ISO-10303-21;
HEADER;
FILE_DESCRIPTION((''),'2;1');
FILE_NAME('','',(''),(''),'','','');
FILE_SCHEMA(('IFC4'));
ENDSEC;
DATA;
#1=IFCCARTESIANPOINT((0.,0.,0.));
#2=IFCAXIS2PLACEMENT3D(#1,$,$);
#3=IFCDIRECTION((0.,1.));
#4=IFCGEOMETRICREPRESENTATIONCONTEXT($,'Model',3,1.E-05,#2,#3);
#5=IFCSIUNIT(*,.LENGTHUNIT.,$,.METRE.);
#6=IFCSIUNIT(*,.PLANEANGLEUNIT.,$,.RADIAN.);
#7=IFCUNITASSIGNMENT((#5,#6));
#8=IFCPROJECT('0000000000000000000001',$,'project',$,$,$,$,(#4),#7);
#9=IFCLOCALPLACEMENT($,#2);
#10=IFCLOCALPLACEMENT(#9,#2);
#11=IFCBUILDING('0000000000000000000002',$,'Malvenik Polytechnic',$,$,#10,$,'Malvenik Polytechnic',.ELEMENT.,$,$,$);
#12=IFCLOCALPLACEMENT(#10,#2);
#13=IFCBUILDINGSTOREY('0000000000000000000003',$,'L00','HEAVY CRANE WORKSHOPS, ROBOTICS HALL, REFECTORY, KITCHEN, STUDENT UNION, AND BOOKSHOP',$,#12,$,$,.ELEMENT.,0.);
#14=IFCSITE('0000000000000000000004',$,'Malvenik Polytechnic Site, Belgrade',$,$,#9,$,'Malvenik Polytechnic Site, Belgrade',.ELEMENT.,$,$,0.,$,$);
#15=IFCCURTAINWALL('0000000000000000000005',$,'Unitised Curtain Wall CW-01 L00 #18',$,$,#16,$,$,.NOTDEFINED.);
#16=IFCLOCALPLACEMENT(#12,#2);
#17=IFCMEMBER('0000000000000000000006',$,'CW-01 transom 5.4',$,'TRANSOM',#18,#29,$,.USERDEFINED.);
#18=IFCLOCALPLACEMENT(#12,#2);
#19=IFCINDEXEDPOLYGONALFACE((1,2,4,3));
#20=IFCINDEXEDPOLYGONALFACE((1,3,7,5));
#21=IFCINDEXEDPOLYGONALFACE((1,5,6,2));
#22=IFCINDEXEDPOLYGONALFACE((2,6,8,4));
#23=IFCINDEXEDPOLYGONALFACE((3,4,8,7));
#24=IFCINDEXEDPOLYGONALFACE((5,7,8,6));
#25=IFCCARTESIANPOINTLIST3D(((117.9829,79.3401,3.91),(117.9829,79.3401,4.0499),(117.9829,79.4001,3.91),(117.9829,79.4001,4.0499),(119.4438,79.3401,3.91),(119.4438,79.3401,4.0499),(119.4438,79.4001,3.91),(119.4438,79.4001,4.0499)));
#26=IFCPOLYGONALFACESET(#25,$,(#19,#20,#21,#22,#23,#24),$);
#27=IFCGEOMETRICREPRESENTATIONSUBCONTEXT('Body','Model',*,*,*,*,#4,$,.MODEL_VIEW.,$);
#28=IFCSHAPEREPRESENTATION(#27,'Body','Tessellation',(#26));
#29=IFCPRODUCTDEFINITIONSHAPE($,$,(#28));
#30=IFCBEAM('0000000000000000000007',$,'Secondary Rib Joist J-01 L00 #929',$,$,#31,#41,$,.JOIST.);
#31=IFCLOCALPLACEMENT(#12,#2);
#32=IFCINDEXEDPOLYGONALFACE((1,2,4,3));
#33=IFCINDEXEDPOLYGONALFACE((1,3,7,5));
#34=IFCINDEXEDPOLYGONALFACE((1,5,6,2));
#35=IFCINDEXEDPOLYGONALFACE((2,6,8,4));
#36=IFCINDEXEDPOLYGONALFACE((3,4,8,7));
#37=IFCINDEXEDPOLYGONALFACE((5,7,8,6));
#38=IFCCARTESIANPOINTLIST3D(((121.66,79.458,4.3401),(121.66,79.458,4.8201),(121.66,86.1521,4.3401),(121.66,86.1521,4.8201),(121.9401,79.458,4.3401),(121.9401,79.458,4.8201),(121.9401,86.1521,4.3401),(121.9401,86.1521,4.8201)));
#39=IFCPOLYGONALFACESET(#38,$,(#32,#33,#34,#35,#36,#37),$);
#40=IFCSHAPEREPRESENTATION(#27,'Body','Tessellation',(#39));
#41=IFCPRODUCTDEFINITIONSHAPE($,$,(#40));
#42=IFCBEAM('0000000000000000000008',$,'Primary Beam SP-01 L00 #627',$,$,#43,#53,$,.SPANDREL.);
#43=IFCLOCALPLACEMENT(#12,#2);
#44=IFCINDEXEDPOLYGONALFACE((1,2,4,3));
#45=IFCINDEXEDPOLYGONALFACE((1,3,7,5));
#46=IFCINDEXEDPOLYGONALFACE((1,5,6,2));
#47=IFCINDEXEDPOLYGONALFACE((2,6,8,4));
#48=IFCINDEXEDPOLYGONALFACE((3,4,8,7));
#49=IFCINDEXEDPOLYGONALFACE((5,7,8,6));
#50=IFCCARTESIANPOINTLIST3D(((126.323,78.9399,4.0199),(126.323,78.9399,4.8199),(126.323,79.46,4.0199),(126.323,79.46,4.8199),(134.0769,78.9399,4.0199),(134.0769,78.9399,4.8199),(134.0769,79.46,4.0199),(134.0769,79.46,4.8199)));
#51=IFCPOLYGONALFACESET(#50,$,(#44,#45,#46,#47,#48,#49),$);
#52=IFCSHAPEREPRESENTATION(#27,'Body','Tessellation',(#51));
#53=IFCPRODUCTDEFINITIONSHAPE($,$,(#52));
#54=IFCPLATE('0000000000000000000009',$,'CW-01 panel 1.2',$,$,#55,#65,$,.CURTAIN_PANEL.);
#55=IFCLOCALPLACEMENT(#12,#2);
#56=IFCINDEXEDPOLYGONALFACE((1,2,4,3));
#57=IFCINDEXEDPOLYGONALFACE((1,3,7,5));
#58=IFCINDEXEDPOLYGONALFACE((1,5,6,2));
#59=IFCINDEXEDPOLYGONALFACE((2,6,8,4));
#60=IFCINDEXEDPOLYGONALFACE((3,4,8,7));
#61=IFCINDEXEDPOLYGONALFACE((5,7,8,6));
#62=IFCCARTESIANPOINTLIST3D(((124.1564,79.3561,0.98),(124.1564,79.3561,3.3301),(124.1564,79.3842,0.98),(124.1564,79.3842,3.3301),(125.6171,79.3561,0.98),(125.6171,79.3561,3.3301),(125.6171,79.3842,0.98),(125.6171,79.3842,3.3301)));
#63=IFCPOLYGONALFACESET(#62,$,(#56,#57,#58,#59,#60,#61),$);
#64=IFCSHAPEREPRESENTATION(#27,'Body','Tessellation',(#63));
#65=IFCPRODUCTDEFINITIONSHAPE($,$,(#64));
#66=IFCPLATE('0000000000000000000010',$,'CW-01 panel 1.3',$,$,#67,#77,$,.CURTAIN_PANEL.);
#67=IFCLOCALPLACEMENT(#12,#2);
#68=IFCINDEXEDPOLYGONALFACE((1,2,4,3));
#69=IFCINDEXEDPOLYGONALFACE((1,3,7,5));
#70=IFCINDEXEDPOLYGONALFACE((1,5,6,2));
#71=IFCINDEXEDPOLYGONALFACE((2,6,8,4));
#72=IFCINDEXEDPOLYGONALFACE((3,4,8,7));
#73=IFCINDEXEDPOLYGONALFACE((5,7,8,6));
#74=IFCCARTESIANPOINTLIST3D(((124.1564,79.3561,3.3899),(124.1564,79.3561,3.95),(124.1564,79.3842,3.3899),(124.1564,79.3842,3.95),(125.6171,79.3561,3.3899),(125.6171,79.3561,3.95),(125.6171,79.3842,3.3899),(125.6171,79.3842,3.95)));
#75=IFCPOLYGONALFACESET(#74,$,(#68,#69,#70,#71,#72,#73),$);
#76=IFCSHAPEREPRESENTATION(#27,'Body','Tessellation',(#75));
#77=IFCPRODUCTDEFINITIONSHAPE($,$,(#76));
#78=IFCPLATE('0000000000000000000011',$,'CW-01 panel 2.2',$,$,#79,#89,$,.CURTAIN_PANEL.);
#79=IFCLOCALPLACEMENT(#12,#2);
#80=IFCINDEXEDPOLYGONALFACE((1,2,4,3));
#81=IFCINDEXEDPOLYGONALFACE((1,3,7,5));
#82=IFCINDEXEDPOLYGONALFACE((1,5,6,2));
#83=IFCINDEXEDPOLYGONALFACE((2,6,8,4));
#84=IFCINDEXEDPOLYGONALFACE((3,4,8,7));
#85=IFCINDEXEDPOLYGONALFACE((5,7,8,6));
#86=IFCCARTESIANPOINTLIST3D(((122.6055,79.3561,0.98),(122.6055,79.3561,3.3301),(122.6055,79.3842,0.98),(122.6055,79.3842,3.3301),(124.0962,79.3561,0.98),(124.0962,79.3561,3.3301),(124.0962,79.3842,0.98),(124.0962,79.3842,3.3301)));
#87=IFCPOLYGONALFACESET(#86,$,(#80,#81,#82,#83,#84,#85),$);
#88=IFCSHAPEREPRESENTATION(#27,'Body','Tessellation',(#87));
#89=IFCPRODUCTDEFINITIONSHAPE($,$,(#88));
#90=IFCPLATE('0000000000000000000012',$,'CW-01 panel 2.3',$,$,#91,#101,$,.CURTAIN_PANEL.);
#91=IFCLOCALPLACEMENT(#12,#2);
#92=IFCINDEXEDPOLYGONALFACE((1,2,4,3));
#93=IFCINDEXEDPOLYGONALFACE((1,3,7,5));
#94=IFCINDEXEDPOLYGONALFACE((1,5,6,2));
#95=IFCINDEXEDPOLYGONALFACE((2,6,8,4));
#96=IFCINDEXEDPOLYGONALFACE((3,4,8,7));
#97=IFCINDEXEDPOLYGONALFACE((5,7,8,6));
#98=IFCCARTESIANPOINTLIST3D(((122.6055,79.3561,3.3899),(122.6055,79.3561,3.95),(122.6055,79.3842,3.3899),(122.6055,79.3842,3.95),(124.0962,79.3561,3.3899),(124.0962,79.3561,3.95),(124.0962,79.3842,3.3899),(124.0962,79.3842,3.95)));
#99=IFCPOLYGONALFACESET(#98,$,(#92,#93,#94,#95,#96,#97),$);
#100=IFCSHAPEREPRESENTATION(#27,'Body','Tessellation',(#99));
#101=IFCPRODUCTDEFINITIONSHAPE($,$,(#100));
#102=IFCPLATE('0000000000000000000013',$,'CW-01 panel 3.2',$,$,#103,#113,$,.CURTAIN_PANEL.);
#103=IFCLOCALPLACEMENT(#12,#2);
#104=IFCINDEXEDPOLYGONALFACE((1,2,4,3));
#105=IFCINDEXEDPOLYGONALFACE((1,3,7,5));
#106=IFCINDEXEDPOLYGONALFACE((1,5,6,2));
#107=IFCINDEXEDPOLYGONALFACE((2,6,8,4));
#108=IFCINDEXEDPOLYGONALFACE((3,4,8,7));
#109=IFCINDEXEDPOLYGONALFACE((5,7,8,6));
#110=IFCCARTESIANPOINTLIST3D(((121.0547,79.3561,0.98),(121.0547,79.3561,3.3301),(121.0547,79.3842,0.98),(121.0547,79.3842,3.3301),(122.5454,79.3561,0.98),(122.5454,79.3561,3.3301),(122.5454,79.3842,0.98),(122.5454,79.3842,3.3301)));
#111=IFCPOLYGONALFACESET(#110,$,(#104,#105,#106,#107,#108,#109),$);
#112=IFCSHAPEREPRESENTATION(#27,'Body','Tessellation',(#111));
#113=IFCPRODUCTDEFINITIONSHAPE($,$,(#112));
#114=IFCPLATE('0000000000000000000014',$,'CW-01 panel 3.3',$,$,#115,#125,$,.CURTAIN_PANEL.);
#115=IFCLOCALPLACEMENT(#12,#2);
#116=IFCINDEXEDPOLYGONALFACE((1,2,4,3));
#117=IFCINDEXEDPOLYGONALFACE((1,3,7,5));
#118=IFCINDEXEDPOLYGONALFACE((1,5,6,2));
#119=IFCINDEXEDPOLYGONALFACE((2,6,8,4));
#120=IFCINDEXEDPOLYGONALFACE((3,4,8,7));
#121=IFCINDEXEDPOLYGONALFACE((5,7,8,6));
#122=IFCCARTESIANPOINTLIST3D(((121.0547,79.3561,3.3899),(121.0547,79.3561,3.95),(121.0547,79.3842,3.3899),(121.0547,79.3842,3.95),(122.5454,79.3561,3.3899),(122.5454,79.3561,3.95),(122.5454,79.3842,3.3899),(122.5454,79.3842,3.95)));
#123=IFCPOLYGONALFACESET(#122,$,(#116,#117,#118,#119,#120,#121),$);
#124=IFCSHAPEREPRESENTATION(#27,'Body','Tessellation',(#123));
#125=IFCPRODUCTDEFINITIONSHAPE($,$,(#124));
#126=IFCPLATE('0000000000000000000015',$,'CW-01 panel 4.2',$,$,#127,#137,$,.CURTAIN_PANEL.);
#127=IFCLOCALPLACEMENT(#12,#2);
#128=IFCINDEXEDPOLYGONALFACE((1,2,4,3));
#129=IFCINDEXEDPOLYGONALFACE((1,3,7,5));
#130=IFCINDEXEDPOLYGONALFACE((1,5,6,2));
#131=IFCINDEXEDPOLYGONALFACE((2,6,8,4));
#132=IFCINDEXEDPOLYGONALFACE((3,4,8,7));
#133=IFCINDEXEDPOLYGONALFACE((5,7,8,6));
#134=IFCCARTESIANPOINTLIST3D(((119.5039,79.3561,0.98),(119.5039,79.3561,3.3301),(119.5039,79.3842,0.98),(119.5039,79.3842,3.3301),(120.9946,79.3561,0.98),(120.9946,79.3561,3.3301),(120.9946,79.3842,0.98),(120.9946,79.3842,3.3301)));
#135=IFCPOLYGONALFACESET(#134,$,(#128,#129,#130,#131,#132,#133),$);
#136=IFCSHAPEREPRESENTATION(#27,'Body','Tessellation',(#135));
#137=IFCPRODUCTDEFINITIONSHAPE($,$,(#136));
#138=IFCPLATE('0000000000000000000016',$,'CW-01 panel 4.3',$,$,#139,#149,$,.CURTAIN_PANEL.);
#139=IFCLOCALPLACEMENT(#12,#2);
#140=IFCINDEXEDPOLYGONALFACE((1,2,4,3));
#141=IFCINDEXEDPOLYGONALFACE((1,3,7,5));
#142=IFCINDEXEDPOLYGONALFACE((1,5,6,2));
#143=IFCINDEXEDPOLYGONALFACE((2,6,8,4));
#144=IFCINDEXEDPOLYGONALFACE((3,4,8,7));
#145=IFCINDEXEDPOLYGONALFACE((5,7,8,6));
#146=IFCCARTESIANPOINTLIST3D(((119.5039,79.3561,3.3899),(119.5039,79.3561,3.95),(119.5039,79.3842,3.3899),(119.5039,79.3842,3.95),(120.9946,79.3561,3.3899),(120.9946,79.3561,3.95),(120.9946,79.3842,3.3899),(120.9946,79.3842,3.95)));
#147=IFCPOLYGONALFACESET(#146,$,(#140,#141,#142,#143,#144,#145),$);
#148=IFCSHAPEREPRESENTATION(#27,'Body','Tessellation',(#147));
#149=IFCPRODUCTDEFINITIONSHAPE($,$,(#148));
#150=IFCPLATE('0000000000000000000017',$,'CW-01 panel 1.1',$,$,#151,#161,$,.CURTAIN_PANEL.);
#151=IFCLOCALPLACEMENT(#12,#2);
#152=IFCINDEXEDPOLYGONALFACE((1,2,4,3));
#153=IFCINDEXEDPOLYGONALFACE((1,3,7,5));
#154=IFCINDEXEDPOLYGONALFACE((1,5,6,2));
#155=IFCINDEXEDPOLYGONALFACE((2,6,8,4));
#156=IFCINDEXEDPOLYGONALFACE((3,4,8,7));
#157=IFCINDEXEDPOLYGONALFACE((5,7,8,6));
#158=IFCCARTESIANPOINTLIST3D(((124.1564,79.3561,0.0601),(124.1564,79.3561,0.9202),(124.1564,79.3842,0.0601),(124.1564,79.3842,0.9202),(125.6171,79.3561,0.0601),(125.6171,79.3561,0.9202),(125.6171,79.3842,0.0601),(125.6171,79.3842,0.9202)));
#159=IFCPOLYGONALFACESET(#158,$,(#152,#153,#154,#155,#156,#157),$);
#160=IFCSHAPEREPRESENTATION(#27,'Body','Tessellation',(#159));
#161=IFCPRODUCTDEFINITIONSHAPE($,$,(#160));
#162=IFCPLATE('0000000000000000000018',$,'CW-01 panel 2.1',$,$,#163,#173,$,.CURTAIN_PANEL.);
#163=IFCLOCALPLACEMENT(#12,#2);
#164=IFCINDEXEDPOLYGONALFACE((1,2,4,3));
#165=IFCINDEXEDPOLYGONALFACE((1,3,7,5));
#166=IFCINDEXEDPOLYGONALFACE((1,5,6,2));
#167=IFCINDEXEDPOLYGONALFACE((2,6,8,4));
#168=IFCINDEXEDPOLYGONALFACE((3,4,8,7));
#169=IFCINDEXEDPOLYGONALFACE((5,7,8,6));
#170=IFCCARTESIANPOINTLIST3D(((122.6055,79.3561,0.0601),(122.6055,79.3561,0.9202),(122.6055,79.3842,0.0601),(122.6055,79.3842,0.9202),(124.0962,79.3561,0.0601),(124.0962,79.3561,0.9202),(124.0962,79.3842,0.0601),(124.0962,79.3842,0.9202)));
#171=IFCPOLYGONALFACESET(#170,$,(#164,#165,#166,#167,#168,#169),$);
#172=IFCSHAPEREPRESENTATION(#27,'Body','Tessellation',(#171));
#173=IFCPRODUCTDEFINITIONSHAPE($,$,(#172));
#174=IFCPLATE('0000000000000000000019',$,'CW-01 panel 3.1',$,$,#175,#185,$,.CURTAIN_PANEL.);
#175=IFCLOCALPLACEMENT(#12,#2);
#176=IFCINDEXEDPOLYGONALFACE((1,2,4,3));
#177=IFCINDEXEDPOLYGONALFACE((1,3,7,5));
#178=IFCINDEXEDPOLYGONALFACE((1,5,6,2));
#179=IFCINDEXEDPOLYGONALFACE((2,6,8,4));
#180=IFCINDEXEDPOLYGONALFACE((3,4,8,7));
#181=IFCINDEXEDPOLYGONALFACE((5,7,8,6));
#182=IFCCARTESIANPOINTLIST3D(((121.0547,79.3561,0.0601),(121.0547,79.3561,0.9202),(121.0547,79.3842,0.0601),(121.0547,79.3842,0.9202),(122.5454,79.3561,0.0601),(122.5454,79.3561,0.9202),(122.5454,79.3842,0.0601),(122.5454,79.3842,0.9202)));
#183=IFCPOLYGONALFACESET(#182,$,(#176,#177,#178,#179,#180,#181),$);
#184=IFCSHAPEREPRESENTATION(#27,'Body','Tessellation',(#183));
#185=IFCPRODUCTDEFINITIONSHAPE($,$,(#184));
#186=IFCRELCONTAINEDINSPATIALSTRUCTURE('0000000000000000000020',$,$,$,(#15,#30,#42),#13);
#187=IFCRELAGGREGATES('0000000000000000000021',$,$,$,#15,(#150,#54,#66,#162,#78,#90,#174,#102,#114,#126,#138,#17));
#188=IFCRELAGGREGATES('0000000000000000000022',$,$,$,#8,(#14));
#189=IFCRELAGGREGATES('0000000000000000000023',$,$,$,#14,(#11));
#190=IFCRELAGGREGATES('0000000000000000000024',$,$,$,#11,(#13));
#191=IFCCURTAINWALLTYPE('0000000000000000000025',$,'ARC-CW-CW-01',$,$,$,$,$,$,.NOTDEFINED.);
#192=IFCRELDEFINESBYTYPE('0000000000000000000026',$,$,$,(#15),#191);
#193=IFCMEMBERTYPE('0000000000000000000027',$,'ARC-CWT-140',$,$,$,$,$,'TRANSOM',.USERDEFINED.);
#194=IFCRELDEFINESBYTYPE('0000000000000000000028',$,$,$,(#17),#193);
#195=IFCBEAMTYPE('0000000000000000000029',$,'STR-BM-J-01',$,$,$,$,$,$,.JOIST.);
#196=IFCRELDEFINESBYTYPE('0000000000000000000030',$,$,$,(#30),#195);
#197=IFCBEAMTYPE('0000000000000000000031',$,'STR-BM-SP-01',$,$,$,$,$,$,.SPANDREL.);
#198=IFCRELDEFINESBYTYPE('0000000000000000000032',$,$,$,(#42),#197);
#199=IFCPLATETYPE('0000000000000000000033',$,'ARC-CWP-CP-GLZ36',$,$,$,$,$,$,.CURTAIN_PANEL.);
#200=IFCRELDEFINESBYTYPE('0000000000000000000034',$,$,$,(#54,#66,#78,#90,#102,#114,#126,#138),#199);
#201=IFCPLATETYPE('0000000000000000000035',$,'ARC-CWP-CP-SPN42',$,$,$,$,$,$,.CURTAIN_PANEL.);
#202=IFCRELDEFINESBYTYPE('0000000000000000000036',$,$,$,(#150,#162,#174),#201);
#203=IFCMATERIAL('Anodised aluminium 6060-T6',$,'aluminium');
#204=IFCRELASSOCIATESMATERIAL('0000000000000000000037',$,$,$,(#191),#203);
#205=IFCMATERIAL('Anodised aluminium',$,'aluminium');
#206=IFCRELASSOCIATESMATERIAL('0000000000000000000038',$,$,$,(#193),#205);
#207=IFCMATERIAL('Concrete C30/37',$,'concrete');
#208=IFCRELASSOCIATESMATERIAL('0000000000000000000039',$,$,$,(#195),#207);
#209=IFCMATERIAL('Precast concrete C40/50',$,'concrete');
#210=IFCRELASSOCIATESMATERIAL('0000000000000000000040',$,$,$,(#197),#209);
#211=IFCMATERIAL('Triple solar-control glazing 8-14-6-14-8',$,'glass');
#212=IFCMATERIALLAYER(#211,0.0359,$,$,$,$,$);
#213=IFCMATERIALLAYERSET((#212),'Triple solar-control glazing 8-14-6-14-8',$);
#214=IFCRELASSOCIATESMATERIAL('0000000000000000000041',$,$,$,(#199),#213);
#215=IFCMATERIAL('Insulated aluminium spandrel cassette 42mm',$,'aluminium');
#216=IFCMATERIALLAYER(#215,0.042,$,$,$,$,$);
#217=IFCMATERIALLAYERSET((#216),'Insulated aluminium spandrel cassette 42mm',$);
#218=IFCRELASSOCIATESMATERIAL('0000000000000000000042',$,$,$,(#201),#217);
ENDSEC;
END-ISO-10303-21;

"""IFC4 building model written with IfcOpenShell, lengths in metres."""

from ifc_helpers import new_model, si_unit, direction, frame, origin, origin_2d, place, context, subcontext, project, spatial, rectangle, extrude, material, layer, layer_set, material_profile, profile_set, type_object, element, aggregate, save


model = new_model("IFC4")

# Units and contexts
model_context = context("Model", 3, precision=1e-05, world=origin(), true_north=direction((0.0, 1.0)))
body_context = subcontext(model_context, "Body", "Model", "MODEL_VIEW")
ifc_project = project(units=[si_unit("LENGTHUNIT", "METRE"), si_unit("PLANEANGLEUNIT", "RADIAN")], contexts=[model_context])

# Site, building, storey
site_placement = place(None, origin())
site = spatial("IfcSite", under=ifc_project, at=site_placement, Name="Malvenik Polytechnic Site, Belgrade", LongName="Malvenik Polytechnic Site, Belgrade", CompositionType="ELEMENT", RefElevation=0.0)
building_placement = place(site_placement, origin())
building = spatial("IfcBuilding", under=site, at=building_placement, Name="Malvenik Polytechnic", LongName="Malvenik Polytechnic", CompositionType="ELEMENT")
storey_placement = place(building_placement, origin())
storey = spatial("IfcBuildingStorey", under=building, at=storey_placement, Name="L00", Description="HEAVY CRANE WORKSHOPS, ROBOTICS HALL, REFECTORY, KITCHEN, STUDENT UNION, AND BOOKSHOP", CompositionType="ELEMENT", Elevation=0.0)

# Curtain wall, member
ifc_material_1 = material(Name="Anodised aluminium 6060-T6", Category="aluminium")
curtain_wall_type = type_object("IfcCurtainWallType", Name="ARC-CW-CW-01", PredefinedType="NOTDEFINED", material=ifc_material_1)
curtain_wall_placement = place(storey_placement, origin())
curtain_wall = element("IfcCurtainWall", 1, at=curtain_wall_placement, inside=storey, type_object=curtain_wall_type, Name="Unitised Curtain Wall CW-01 L00 #18", PredefinedType="NOTDEFINED")
ifc_material_2 = material(Name="Anodised aluminium", Category="aluminium")
ifc_material_profile_1 = material_profile(ifc_material_2, rectangle(XDim=0.0601, YDim=0.1399, at=origin_2d()), Name="ALU TRANSOM 60x140")
ifc_profile_set_1 = profile_set([ifc_material_profile_1], Name="Anodised aluminium")
member_type_1 = type_object("IfcMemberType", Name="ARC-CWT-140", ElementType="TRANSOM", PredefinedType="USERDEFINED", material=ifc_profile_set_1)
member_1_placement = place(storey_placement, frame((119.4438, 79.3701, 3.98), z_axis=(-1.0, 0.0, 0.0), x_axis=(0.0, -1.0, 0.0)))
member_1 = element("IfcMember", 2, at=member_1_placement, type_object=member_type_1, Name="CW-01 transom 5.4", ObjectType="TRANSOM", PredefinedType="USERDEFINED", context=body_context, shape_type="SweptSolid", body=[
    extrude(rectangle(XDim=0.0601, YDim=0.1399, at=origin_2d()), origin(), (0.0, 0.0, 1.0), 1.4609),
])

# Beams
ifc_material_3 = material(Name="Concrete C30/37", Category="concrete")
ifc_material_profile_2 = material_profile(ifc_material_3, rectangle(XDim=0.28, YDim=0.48, at=origin_2d()), Name="RC JST 280x480")
ifc_profile_set_2 = profile_set([ifc_material_profile_2], Name="Concrete C30/37")
beam_type_1 = type_object("IfcBeamType", Name="STR-BM-J-01", PredefinedType="JOIST", material=ifc_profile_set_2)
beam_1_placement = place(storey_placement, frame((121.8, 79.458, 4.5801), z_axis=(0.0, 1.0, 0.0), x_axis=(-1.0, 0.0, 0.0)))
element("IfcBeam", 3, at=beam_1_placement, inside=storey, type_object=beam_type_1, Name="Secondary Rib Joist J-01 L00 #929", PredefinedType="JOIST", context=body_context, shape_type="SweptSolid", body=[
    extrude(rectangle(XDim=0.28, YDim=0.48, at=origin_2d()), origin(), (0.0, 0.0, 1.0), 6.6941),
])
ifc_material_4 = material(Name="Precast concrete C40/50", Category="concrete")
ifc_material_profile_3 = material_profile(ifc_material_4, rectangle(XDim=0.52, YDim=0.8, at=origin_2d()), Name="PC SPN 520x800")
ifc_profile_set_3 = profile_set([ifc_material_profile_3], Name="Precast concrete C40/50")
beam_type_2 = type_object("IfcBeamType", Name="STR-BM-SP-01", PredefinedType="SPANDREL", material=ifc_profile_set_3)
beam_2_placement = place(storey_placement, frame((126.323, 79.2, 4.4199), z_axis=(1.0, 0.0, 0.0), x_axis=(0.0, 1.0, 0.0)))
element("IfcBeam", 4, at=beam_2_placement, inside=storey, type_object=beam_type_2, Name="Primary Beam SP-01 L00 #627", PredefinedType="SPANDREL", context=body_context, shape_type="SweptSolid", body=[
    extrude(rectangle(XDim=0.52, YDim=0.8, at=origin_2d()), origin(), (0.0, 0.0, 1.0), 7.7539),
])

# Plates
ifc_material_5 = material(Name="Triple solar-control glazing 8-14-6-14-8", Category="glass")
ifc_layer_1 = layer(ifc_material_5, 0.0359)
ifc_layer_set_1 = layer_set([ifc_layer_1], Name="Triple solar-control glazing 8-14-6-14-8")
plate_type_1 = type_object("IfcPlateType", Name="ARC-CWP-CP-GLZ36", PredefinedType="CURTAIN_PANEL", material=ifc_layer_set_1)
plate_1_placement = place(storey_placement, frame((124.8867, 79.3701, 0.98), z_axis=(0.0, 0.0, 1.0), x_axis=(-1.0, 0.0, 0.0)))
plate_1 = element("IfcPlate", 5, at=plate_1_placement, type_object=plate_type_1, Name="CW-01 panel 1.2", PredefinedType="CURTAIN_PANEL", context=body_context, shape_type="SweptSolid", body=[
    extrude(rectangle(XDim=1.4607, YDim=0.0281, at=origin_2d()), origin(), (0.0, 0.0, 1.0), 2.3501),
])
plate_2_placement = place(storey_placement, frame((124.8867, 79.3701, 3.3899), z_axis=(0.0, 0.0, 1.0), x_axis=(-1.0, 0.0, 0.0)))
plate_2 = element("IfcPlate", 6, at=plate_2_placement, type_object=plate_type_1, Name="CW-01 panel 1.3", PredefinedType="CURTAIN_PANEL", context=body_context, shape_type="SweptSolid", body=[
    extrude(rectangle(XDim=1.4607, YDim=0.0281, at=origin_2d()), origin(), (0.0, 0.0, 1.0), 0.5601),
])
plate_3_placement = place(storey_placement, frame((123.3508, 79.3701, 0.98), z_axis=(0.0, 0.0, 1.0), x_axis=(-1.0, 0.0, 0.0)))
plate_3 = element("IfcPlate", 7, at=plate_3_placement, type_object=plate_type_1, Name="CW-01 panel 2.2", PredefinedType="CURTAIN_PANEL", context=body_context, shape_type="SweptSolid", body=[
    extrude(rectangle(XDim=1.4907, YDim=0.0281, at=origin_2d()), origin(), (0.0, 0.0, 1.0), 2.3501),
])
plate_4_placement = place(storey_placement, frame((123.3508, 79.3701, 3.3899), z_axis=(0.0, 0.0, 1.0), x_axis=(-1.0, 0.0, 0.0)))
plate_4 = element("IfcPlate", 8, at=plate_4_placement, type_object=plate_type_1, Name="CW-01 panel 2.3", PredefinedType="CURTAIN_PANEL", context=body_context, shape_type="SweptSolid", body=[
    extrude(rectangle(XDim=1.4907, YDim=0.0281, at=origin_2d()), origin(), (0.0, 0.0, 1.0), 0.5601),
])
plate_5_placement = place(storey_placement, frame((121.8, 79.3701, 0.98), z_axis=(0.0, 0.0, 1.0), x_axis=(-1.0, 0.0, 0.0)))
plate_5 = element("IfcPlate", 9, at=plate_5_placement, type_object=plate_type_1, Name="CW-01 panel 3.2", PredefinedType="CURTAIN_PANEL", context=body_context, shape_type="SweptSolid", body=[
    extrude(rectangle(XDim=1.4907, YDim=0.0281, at=origin_2d()), origin(), (0.0, 0.0, 1.0), 2.3501),
])
plate_6_placement = place(storey_placement, frame((121.8, 79.3701, 3.3899), z_axis=(0.0, 0.0, 1.0), x_axis=(-1.0, 0.0, 0.0)))
plate_6 = element("IfcPlate", 10, at=plate_6_placement, type_object=plate_type_1, Name="CW-01 panel 3.3", PredefinedType="CURTAIN_PANEL", context=body_context, shape_type="SweptSolid", body=[
    extrude(rectangle(XDim=1.4907, YDim=0.0281, at=origin_2d()), origin(), (0.0, 0.0, 1.0), 0.5601),
])
plate_7_placement = place(storey_placement, frame((120.2493, 79.3701, 0.98), z_axis=(0.0, 0.0, 1.0), x_axis=(-1.0, 0.0, 0.0)))
plate_7 = element("IfcPlate", 11, at=plate_7_placement, type_object=plate_type_1, Name="CW-01 panel 4.2", PredefinedType="CURTAIN_PANEL", context=body_context, shape_type="SweptSolid", body=[
    extrude(rectangle(XDim=1.4907, YDim=0.0281, at=origin_2d()), origin(), (0.0, 0.0, 1.0), 2.3501),
])
plate_8_placement = place(storey_placement, frame((120.2493, 79.3701, 3.3899), z_axis=(0.0, 0.0, 1.0), x_axis=(-1.0, 0.0, 0.0)))
plate_8 = element("IfcPlate", 12, at=plate_8_placement, type_object=plate_type_1, Name="CW-01 panel 4.3", PredefinedType="CURTAIN_PANEL", context=body_context, shape_type="SweptSolid", body=[
    extrude(rectangle(XDim=1.4907, YDim=0.0281, at=origin_2d()), origin(), (0.0, 0.0, 1.0), 0.5601),
])
ifc_material_6 = material(Name="Insulated aluminium spandrel cassette 42mm", Category="aluminium")
ifc_layer_2 = layer(ifc_material_6, 0.042)
ifc_layer_set_2 = layer_set([ifc_layer_2], Name="Insulated aluminium spandrel cassette 42mm")
plate_type_2 = type_object("IfcPlateType", Name="ARC-CWP-CP-SPN42", PredefinedType="CURTAIN_PANEL", material=ifc_layer_set_2)
plate_9_placement = place(storey_placement, frame((124.8867, 79.3701, 0.0601), z_axis=(0.0, 0.0, 1.0), x_axis=(-1.0, 0.0, 0.0)))
plate_9 = element("IfcPlate", 13, at=plate_9_placement, type_object=plate_type_2, Name="CW-01 panel 1.1", PredefinedType="CURTAIN_PANEL", context=body_context, shape_type="SweptSolid", body=[
    extrude(rectangle(XDim=1.4607, YDim=0.0281, at=origin_2d()), origin(), (0.0, 0.0, 1.0), 0.8601),
])
plate_10_placement = place(storey_placement, frame((123.3508, 79.3701, 0.0601), z_axis=(0.0, 0.0, 1.0), x_axis=(-1.0, 0.0, 0.0)))
plate_10 = element("IfcPlate", 14, at=plate_10_placement, type_object=plate_type_2, Name="CW-01 panel 2.1", PredefinedType="CURTAIN_PANEL", context=body_context, shape_type="SweptSolid", body=[
    extrude(rectangle(XDim=1.4907, YDim=0.0281, at=origin_2d()), origin(), (0.0, 0.0, 1.0), 0.8601),
])
plate_11_placement = place(storey_placement, frame((121.8, 79.3701, 0.0601), z_axis=(0.0, 0.0, 1.0), x_axis=(-1.0, 0.0, 0.0)))
plate_11 = element("IfcPlate", 15, at=plate_11_placement, type_object=plate_type_2, Name="CW-01 panel 3.1", PredefinedType="CURTAIN_PANEL", context=body_context, shape_type="SweptSolid", body=[
    extrude(rectangle(XDim=1.4907, YDim=0.0281, at=origin_2d()), origin(), (0.0, 0.0, 1.0), 0.8601),
])
aggregate(curtain_wall, [plate_9, plate_1, plate_2, plate_10, plate_3, plate_4, plate_11, plate_5, plate_6, plate_7, plate_8, member_1])

save(model, "model.ifc")
